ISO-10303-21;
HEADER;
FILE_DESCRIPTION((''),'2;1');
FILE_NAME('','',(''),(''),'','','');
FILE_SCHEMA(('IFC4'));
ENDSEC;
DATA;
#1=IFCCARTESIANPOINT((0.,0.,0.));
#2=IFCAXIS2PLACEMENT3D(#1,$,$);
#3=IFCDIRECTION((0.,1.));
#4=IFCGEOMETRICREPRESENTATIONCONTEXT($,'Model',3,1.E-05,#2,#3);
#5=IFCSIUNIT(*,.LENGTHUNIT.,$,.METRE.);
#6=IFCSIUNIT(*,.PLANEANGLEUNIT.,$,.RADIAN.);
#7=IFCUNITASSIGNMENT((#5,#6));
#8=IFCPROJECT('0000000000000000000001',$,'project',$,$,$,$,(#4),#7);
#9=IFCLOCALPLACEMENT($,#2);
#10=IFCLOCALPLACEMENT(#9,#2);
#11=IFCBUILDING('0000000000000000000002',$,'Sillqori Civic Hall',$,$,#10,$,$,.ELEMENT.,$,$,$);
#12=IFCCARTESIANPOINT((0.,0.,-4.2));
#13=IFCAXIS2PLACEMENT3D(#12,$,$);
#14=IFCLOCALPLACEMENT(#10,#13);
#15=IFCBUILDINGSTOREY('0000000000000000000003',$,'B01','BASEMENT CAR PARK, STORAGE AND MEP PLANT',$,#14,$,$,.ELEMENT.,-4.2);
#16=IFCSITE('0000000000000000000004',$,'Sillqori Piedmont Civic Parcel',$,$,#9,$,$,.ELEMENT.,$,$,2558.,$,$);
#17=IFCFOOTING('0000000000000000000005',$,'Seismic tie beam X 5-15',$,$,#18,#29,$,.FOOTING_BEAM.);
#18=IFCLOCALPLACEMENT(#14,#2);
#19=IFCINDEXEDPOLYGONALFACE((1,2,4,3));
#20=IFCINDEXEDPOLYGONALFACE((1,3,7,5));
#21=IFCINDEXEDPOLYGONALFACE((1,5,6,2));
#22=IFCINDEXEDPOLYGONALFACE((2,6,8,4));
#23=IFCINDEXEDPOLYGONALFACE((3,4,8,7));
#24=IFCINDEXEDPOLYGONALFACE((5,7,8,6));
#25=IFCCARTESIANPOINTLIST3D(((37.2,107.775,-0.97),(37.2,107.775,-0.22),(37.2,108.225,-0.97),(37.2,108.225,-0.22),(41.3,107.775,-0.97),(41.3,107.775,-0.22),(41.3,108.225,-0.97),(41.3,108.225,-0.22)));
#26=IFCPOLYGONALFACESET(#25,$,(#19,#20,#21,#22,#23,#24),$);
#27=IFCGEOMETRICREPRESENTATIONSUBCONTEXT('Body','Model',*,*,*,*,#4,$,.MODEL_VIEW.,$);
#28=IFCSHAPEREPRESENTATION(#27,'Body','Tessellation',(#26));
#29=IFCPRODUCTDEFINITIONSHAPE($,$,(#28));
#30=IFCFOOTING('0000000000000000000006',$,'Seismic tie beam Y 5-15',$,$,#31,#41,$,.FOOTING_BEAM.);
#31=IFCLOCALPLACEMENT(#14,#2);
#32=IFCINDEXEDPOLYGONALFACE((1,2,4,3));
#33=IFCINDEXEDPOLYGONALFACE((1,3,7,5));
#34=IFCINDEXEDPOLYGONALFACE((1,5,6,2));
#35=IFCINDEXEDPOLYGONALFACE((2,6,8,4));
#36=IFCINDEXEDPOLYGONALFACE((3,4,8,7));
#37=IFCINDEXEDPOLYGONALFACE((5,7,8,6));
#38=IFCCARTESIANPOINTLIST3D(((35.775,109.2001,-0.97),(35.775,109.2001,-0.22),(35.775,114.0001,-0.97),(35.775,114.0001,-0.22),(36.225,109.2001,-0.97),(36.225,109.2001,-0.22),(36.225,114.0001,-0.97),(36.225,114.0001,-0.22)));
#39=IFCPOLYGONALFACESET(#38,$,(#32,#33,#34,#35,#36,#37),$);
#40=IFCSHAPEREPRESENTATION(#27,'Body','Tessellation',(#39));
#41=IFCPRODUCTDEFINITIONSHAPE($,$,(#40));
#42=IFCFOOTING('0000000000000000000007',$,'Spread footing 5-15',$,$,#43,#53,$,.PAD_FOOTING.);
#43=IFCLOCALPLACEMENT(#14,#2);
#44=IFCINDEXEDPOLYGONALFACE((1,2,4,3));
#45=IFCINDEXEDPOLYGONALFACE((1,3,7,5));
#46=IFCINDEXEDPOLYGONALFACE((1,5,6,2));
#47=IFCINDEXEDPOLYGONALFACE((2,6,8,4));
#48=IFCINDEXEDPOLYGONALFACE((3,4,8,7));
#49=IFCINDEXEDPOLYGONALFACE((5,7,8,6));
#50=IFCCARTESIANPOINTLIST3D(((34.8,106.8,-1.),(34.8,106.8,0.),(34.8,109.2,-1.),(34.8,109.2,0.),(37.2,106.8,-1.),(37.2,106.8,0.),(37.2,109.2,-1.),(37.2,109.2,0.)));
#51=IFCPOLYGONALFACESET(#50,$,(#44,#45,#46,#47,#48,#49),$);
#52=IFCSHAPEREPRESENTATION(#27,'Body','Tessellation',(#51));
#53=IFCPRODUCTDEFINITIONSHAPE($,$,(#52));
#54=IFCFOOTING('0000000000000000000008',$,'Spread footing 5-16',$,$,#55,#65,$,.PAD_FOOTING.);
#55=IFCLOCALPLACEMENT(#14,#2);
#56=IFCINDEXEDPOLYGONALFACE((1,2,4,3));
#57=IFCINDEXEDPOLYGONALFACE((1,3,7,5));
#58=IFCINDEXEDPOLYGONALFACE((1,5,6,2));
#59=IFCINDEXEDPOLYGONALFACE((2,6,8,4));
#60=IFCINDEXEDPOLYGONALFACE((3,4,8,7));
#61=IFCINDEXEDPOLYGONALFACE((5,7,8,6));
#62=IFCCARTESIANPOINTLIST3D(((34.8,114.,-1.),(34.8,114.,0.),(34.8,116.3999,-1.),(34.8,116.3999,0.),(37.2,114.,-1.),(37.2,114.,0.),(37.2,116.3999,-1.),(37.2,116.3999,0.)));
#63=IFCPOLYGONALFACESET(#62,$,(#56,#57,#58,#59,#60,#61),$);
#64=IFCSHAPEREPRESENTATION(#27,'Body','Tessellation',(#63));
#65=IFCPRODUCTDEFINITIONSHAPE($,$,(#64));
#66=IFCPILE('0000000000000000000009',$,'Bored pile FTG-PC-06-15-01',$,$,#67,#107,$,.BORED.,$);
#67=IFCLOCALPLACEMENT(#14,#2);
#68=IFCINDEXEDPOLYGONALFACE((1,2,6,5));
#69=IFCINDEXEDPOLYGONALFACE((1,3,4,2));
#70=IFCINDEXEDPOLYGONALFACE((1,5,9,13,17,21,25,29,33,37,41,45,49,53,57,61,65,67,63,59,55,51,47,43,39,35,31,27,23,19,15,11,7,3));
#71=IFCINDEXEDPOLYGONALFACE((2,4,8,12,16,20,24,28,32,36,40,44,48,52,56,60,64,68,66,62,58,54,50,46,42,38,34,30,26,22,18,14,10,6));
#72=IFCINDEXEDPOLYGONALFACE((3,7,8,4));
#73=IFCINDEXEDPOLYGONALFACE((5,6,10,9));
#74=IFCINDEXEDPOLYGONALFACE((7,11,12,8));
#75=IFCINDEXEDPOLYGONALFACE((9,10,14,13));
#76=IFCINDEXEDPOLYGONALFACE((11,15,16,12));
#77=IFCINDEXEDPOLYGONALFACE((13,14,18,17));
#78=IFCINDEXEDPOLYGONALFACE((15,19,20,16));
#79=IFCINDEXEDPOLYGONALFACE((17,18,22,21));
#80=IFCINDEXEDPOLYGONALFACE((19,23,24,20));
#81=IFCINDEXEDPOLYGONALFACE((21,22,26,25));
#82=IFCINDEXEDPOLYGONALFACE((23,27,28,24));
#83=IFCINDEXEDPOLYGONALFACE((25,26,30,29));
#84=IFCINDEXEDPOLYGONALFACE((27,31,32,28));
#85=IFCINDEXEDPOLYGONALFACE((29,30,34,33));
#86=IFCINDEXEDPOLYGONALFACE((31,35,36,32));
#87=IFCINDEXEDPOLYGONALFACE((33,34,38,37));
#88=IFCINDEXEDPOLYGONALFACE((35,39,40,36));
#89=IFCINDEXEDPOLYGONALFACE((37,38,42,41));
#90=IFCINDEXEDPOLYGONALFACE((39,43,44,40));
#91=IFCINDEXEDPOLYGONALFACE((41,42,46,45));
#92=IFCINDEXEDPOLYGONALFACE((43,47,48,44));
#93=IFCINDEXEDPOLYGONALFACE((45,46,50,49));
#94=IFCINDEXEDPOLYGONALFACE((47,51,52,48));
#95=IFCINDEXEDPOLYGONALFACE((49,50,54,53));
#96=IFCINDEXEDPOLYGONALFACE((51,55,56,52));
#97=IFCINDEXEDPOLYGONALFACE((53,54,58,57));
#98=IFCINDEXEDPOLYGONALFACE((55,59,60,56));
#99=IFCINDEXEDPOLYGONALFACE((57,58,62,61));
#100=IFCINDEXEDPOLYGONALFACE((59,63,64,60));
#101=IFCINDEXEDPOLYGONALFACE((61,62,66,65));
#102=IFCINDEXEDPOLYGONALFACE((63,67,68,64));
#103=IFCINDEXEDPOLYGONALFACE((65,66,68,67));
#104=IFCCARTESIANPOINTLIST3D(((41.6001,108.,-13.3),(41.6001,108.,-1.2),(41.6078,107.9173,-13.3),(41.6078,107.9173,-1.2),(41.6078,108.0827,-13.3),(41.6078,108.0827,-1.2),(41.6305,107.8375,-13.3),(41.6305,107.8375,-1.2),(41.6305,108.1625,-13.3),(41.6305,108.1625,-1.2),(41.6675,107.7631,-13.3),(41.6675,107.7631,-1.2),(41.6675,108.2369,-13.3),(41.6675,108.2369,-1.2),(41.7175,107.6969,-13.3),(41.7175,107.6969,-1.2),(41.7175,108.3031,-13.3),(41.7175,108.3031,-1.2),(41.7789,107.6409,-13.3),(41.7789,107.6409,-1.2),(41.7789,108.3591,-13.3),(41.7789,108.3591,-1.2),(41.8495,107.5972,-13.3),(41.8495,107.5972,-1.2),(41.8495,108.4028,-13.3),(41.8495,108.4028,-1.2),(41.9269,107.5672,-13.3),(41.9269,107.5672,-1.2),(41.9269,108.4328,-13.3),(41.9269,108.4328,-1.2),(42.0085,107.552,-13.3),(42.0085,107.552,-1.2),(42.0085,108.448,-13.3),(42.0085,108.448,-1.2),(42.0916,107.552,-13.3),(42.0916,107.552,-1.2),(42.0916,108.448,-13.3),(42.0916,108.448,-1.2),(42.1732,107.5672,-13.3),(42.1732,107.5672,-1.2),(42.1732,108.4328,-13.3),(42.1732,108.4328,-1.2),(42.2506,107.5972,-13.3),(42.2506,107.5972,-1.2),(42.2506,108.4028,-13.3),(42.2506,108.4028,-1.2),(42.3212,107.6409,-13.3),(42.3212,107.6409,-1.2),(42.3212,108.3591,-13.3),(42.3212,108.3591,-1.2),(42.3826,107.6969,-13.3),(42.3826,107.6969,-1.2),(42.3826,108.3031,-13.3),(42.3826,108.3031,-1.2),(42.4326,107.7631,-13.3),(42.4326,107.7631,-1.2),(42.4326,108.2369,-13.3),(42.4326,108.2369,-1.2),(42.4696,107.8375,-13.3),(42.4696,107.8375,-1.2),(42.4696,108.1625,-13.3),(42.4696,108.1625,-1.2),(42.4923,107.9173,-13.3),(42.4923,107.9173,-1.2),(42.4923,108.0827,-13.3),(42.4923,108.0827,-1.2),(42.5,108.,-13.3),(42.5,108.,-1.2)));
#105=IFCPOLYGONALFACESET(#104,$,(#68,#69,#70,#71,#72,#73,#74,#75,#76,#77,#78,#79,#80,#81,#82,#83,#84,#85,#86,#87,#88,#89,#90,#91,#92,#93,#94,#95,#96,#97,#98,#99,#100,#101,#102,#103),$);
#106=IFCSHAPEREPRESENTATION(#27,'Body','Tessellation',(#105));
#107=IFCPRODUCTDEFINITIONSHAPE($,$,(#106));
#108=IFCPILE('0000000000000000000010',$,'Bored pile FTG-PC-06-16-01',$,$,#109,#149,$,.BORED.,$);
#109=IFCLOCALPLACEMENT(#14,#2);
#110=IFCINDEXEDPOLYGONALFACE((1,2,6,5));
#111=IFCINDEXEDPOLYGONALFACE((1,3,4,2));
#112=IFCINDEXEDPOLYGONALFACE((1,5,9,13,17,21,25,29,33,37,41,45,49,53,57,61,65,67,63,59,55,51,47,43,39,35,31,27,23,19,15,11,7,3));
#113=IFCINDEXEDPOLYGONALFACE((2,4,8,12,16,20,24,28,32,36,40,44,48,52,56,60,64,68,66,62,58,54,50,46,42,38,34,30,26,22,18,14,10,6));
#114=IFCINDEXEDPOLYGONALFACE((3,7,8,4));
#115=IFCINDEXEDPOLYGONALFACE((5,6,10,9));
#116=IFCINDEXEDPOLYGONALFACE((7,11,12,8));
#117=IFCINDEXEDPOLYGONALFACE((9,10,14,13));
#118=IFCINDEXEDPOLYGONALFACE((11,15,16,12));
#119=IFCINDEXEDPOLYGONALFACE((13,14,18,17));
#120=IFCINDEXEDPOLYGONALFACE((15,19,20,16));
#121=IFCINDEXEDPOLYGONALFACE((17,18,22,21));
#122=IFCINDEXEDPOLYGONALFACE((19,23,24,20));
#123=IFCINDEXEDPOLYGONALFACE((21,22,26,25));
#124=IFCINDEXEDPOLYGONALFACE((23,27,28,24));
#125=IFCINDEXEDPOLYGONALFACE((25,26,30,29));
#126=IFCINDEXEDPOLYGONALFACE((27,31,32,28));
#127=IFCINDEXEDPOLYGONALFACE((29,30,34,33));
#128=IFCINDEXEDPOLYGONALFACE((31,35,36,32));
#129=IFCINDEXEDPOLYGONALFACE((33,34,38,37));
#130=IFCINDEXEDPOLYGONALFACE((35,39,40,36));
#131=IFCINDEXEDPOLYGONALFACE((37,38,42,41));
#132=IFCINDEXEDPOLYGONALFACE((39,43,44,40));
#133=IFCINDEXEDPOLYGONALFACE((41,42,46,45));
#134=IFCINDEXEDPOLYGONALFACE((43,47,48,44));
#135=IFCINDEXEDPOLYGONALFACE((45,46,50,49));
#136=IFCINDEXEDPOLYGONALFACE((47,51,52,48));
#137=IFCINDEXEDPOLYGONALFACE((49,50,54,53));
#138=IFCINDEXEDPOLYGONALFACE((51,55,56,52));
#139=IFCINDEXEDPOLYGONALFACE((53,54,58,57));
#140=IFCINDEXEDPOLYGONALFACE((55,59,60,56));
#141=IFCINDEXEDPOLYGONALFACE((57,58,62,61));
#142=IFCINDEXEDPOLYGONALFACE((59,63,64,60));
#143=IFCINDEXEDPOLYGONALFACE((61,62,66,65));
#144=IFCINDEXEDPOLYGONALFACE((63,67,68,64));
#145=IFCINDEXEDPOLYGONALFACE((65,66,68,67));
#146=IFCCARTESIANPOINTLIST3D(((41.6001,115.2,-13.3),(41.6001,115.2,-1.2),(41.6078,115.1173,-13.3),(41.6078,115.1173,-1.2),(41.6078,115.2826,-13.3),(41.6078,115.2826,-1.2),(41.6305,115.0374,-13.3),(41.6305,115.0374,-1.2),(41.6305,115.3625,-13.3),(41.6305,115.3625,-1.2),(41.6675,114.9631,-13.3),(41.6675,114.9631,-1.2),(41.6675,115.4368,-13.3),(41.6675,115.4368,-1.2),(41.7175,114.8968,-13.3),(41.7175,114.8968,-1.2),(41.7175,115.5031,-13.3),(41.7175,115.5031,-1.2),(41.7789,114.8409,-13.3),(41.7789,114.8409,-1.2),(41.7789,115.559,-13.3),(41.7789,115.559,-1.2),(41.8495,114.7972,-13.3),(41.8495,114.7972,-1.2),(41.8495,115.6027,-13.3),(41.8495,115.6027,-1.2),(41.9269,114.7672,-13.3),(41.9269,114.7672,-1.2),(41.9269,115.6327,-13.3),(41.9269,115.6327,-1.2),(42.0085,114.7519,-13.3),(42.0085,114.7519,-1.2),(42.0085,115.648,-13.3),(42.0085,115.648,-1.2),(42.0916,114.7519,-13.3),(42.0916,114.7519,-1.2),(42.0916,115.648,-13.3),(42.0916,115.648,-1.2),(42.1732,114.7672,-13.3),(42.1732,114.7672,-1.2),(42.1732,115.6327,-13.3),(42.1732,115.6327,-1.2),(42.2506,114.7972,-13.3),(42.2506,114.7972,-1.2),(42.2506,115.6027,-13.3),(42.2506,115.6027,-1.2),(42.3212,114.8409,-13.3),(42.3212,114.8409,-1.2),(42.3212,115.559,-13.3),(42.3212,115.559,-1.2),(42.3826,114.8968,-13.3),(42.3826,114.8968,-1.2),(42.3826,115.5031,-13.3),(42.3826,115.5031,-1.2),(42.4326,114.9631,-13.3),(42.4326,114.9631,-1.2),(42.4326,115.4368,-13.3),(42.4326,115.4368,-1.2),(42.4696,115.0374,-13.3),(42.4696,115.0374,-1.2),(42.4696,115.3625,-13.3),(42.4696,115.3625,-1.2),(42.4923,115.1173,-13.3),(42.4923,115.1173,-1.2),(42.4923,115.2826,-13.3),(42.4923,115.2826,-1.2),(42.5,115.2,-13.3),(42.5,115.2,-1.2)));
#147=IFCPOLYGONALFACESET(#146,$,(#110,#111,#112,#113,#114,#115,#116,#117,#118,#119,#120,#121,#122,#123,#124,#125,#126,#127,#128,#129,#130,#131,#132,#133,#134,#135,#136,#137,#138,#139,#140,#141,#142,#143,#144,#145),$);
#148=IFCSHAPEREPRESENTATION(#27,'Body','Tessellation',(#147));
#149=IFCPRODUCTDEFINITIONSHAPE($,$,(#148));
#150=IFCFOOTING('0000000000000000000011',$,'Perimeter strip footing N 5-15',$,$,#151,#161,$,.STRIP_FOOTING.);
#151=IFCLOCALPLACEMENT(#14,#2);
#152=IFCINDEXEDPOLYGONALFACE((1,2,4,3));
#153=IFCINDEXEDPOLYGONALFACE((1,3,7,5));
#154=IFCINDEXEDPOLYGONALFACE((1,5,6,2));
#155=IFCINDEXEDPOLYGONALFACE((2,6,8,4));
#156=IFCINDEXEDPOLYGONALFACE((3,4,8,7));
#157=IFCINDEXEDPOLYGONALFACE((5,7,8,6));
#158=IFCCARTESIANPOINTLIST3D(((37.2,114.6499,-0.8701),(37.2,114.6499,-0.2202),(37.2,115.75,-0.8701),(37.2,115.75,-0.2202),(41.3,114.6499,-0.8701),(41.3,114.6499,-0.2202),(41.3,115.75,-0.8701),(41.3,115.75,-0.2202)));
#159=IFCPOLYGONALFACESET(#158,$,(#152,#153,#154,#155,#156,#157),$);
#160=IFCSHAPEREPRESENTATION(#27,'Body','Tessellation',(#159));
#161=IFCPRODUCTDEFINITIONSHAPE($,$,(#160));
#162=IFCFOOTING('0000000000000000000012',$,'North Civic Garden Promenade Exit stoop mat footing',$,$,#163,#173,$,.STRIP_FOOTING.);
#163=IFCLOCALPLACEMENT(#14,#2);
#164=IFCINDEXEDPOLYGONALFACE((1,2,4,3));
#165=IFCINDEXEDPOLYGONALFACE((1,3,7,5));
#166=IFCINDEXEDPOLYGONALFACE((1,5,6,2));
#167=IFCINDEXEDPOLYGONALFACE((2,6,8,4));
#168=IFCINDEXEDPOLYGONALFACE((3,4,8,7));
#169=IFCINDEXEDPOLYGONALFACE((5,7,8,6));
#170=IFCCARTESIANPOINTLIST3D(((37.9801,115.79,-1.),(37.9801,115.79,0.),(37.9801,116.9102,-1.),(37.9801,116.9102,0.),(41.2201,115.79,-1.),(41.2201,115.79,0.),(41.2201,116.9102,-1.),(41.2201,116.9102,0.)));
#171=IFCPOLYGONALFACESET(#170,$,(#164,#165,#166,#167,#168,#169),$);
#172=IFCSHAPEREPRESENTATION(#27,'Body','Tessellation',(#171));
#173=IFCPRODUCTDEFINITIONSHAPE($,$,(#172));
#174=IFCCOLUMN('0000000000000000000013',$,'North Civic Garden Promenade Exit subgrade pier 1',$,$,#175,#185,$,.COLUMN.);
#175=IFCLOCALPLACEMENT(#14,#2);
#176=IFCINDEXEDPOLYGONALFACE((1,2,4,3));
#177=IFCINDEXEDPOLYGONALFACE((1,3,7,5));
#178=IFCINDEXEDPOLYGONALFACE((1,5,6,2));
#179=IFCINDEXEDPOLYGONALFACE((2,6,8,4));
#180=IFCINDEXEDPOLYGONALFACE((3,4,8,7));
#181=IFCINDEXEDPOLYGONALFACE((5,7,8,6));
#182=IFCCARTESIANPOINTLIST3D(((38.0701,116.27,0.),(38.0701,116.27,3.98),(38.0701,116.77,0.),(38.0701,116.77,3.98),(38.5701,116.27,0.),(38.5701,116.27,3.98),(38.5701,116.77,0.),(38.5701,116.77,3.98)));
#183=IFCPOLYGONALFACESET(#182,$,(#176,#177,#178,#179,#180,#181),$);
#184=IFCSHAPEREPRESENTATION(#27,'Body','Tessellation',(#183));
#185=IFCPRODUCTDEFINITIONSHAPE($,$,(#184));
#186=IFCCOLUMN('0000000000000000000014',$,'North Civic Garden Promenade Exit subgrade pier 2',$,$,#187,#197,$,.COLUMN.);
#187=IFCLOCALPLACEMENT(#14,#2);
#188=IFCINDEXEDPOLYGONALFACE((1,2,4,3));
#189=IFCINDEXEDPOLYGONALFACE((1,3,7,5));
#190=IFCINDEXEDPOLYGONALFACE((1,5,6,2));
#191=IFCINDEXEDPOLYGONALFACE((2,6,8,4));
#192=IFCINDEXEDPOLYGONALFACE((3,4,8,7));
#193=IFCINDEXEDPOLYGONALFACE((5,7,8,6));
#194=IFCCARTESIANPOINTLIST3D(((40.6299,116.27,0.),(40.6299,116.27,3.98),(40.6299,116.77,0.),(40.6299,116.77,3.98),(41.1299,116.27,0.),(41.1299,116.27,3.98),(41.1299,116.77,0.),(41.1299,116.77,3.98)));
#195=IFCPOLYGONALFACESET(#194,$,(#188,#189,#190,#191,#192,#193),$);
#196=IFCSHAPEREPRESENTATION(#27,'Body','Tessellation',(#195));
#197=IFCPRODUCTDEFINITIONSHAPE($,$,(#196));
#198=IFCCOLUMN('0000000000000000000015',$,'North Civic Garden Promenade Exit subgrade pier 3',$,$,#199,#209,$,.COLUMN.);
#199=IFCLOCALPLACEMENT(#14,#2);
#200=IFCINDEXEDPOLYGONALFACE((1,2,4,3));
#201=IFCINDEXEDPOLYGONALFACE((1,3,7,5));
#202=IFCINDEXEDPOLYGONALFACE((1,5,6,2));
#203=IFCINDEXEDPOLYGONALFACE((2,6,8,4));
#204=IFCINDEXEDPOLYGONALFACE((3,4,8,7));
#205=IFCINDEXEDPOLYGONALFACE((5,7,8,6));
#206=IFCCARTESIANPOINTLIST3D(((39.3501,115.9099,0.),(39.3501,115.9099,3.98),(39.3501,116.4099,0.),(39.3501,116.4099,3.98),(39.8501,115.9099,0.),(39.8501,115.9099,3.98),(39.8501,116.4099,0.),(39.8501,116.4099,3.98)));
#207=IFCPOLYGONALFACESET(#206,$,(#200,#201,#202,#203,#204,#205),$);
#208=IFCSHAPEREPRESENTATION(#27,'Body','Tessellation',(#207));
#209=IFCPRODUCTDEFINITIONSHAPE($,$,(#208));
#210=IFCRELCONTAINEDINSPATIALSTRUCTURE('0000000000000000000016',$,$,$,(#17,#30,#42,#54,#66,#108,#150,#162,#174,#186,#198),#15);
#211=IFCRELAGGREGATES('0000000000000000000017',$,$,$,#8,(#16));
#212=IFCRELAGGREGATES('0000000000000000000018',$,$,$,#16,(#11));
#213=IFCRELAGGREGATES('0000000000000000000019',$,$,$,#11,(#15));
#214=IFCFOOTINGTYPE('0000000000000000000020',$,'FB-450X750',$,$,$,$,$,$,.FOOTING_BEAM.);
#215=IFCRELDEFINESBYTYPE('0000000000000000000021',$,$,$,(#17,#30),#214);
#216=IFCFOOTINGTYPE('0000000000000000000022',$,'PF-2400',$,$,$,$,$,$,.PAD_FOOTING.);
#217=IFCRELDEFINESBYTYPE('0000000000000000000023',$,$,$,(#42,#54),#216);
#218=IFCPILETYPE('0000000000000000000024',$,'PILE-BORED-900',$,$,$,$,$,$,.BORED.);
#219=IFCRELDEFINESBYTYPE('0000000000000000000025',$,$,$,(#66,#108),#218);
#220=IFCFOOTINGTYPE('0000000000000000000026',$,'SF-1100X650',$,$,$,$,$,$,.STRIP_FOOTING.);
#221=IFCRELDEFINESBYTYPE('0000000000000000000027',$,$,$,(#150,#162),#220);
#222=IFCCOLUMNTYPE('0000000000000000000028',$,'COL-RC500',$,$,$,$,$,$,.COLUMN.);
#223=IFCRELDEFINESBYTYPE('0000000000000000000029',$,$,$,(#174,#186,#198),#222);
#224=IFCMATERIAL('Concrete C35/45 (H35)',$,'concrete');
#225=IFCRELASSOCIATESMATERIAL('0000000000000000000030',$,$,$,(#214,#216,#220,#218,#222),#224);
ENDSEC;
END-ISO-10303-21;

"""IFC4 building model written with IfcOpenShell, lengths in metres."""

from ifc_helpers import new_model, si_unit, direction, frame, origin, origin_2d, place, context, subcontext, project, spatial, rectangle, circle, extrude, material, material_profile, profile_set, type_object, element, save


model = new_model("IFC4")

# Units and contexts
model_context = context("Model", 3, precision=1e-05, world=origin(), true_north=direction((0.0, 1.0)))
body_context = subcontext(model_context, "Body", "Model", "MODEL_VIEW")
ifc_project = project(units=[si_unit("LENGTHUNIT", "METRE"), si_unit("PLANEANGLEUNIT", "RADIAN")], contexts=[model_context])

# Site, building, storey
site_placement = place(None, origin())
site = spatial("IfcSite", under=ifc_project, at=site_placement, Name="Sillqori Piedmont Civic Parcel", CompositionType="ELEMENT", RefElevation=2558.0)
building_placement = place(site_placement, origin())
building = spatial("IfcBuilding", under=site, at=building_placement, Name="Sillqori Civic Hall", CompositionType="ELEMENT")
storey_placement = place(building_placement, frame((0.0, 0.0, -4.2)))
storey = spatial("IfcBuildingStorey", under=building, at=storey_placement, Name="B01", Description="BASEMENT CAR PARK, STORAGE AND MEP PLANT", CompositionType="ELEMENT", Elevation=-4.2)

# Footings
ifc_material_1 = material(Name="Concrete C35/45 (H35)", Category="concrete")
footing_type_1 = type_object("IfcFootingType", Name="FB-450X750", PredefinedType="FOOTING_BEAM", material=ifc_material_1)
footing_1_placement = place(storey_placement, frame((39.25, 108.0, -0.97), z_axis=(0.0, 0.0, 1.0), x_axis=(1.0, 0.0, 0.0)))
element("IfcFooting", 1, at=footing_1_placement, inside=storey, type_object=footing_type_1, Name="Seismic tie beam X 5-15", PredefinedType="FOOTING_BEAM", context=body_context, shape_type="SweptSolid", body=[
    extrude(rectangle(XDim=4.1001, YDim=0.45, at=origin_2d()), origin(), (0.0, 0.0, 1.0), 0.75),
])
footing_2_placement = place(storey_placement, frame((36.0, 111.6001, -0.97), z_axis=(0.0, 0.0, 1.0), x_axis=(1.0, 0.0, 0.0)))
element("IfcFooting", 2, at=footing_2_placement, inside=storey, type_object=footing_type_1, Name="Seismic tie beam Y 5-15", PredefinedType="FOOTING_BEAM", context=body_context, shape_type="SweptSolid", body=[
    extrude(rectangle(XDim=0.45, YDim=4.8, at=origin_2d()), origin(), (0.0, 0.0, 1.0), 0.75),
])
footing_type_2 = type_object("IfcFootingType", Name="PF-2400", PredefinedType="PAD_FOOTING", material=ifc_material_1)
for number, where, z_axis, x_axis, name in (
    (3, (36.0, 108.0, -1.0), (0.0, 0.0, 1.0), (1.0, 0.0, 0.0), "Spread footing 5-15"),
    (4, (36.0, 115.2, -1.0), (0.0, 0.0, 1.0), (1.0, 0.0, 0.0), "Spread footing 5-16"),
):
    element("IfcFooting", number, at=place(storey_placement, frame(where, z_axis=z_axis, x_axis=x_axis)), inside=storey, type_object=footing_type_2, Name=name, PredefinedType="PAD_FOOTING", context=body_context, shape_type="SweptSolid", body=[
        extrude(rectangle(XDim=2.3999, YDim=2.3999, at=origin_2d()), origin(), (0.0, 0.0, 1.0), 1.0),
    ])

# Piles
ifc_material_profile_1 = material_profile(ifc_material_1, circle(Radius=0.45, at=origin_2d()), Name="BORED PILE 900")
ifc_profile_set_1 = profile_set([ifc_material_profile_1], Name="Concrete C35/45 (H35)")
pile_type = type_object("IfcPileType", Name="PILE-BORED-900", PredefinedType="BORED", material=ifc_profile_set_1)
for number, where, z_axis, x_axis, name in (
    (5, (42.05, 108.0, -1.2), (0.0, 0.0, -1.0), (1.0, 0.0, 0.0), "Bored pile FTG-PC-06-15-01"),
    (6, (42.05, 115.2, -1.2), (0.0, 0.0, -1.0), (1.0, 0.0, 0.0), "Bored pile FTG-PC-06-16-01"),
):
    element("IfcPile", number, at=place(storey_placement, frame(where, z_axis=z_axis, x_axis=x_axis)), inside=storey, type_object=pile_type, Name=name, PredefinedType="BORED", context=body_context, shape_type="SweptSolid", body=[
        extrude(circle(Radius=0.45, at=origin_2d()), origin(), (0.0, 0.0, 1.0), 12.1001),
    ])

# Footings
footing_type_3 = type_object("IfcFootingType", Name="SF-1100X650", PredefinedType="STRIP_FOOTING", material=ifc_material_1)
footing_3_placement = place(storey_placement, frame((39.25, 115.2, -0.8701), z_axis=(0.0, 0.0, 1.0), x_axis=(1.0, 0.0, 0.0)))
element("IfcFooting", 7, at=footing_3_placement, inside=storey, type_object=footing_type_3, Name="Perimeter strip footing N 5-15", PredefinedType="STRIP_FOOTING", context=body_context, shape_type="SweptSolid", body=[
    extrude(rectangle(XDim=4.1001, YDim=1.1001, at=origin_2d()), origin(), (0.0, 0.0, 1.0), 0.6499),
])
footing_4_placement = place(storey_placement, frame((39.6001, 116.3501, -1.0), z_axis=(0.0, 0.0, 1.0), x_axis=(1.0, 0.0, 0.0)))
element("IfcFooting", 8, at=footing_4_placement, inside=storey, type_object=footing_type_3, Name="North Civic Garden Promenade Exit stoop mat footing", PredefinedType="STRIP_FOOTING", context=body_context, shape_type="SweptSolid", body=[
    extrude(rectangle(XDim=3.24, YDim=1.1201, at=origin_2d()), origin(), (0.0, 0.0, 1.0), 1.0),
])

# Columns
ifc_material_profile_2 = material_profile(ifc_material_1, rectangle(XDim=0.5, YDim=0.5, at=origin_2d()), Name="RC 500x500")
ifc_profile_set_2 = profile_set([ifc_material_profile_2], Name="Concrete C35/45 (H35)")
column_type_1 = type_object("IfcColumnType", Name="COL-RC500", PredefinedType="COLUMN", material=ifc_profile_set_2)
for number, where, z_axis, x_axis, name in (
    (9, (38.3201, 116.52, 0.0), (0.0, 0.0, 1.0), (1.0, 0.0, 0.0), "North Civic Garden Promenade Exit subgrade pier 1"),
    (10, (40.8799, 116.52, 0.0), (0.0, 0.0, 1.0), (1.0, 0.0, 0.0), "North Civic Garden Promenade Exit subgrade pier 2"),
    (11, (39.6001, 116.1599, 0.0), (0.0, 0.0, 1.0), (1.0, 0.0, 0.0), "North Civic Garden Promenade Exit subgrade pier 3"),
):
    element("IfcColumn", number, at=place(storey_placement, frame(where, z_axis=z_axis, x_axis=x_axis)), inside=storey, type_object=column_type_1, Name=name, PredefinedType="COLUMN", context=body_context, shape_type="SweptSolid", body=[
        extrude(rectangle(XDim=0.5, YDim=0.5, at=origin_2d()), origin(), (0.0, 0.0, 1.0), 3.98),
    ])

save(model, "model.ifc")
